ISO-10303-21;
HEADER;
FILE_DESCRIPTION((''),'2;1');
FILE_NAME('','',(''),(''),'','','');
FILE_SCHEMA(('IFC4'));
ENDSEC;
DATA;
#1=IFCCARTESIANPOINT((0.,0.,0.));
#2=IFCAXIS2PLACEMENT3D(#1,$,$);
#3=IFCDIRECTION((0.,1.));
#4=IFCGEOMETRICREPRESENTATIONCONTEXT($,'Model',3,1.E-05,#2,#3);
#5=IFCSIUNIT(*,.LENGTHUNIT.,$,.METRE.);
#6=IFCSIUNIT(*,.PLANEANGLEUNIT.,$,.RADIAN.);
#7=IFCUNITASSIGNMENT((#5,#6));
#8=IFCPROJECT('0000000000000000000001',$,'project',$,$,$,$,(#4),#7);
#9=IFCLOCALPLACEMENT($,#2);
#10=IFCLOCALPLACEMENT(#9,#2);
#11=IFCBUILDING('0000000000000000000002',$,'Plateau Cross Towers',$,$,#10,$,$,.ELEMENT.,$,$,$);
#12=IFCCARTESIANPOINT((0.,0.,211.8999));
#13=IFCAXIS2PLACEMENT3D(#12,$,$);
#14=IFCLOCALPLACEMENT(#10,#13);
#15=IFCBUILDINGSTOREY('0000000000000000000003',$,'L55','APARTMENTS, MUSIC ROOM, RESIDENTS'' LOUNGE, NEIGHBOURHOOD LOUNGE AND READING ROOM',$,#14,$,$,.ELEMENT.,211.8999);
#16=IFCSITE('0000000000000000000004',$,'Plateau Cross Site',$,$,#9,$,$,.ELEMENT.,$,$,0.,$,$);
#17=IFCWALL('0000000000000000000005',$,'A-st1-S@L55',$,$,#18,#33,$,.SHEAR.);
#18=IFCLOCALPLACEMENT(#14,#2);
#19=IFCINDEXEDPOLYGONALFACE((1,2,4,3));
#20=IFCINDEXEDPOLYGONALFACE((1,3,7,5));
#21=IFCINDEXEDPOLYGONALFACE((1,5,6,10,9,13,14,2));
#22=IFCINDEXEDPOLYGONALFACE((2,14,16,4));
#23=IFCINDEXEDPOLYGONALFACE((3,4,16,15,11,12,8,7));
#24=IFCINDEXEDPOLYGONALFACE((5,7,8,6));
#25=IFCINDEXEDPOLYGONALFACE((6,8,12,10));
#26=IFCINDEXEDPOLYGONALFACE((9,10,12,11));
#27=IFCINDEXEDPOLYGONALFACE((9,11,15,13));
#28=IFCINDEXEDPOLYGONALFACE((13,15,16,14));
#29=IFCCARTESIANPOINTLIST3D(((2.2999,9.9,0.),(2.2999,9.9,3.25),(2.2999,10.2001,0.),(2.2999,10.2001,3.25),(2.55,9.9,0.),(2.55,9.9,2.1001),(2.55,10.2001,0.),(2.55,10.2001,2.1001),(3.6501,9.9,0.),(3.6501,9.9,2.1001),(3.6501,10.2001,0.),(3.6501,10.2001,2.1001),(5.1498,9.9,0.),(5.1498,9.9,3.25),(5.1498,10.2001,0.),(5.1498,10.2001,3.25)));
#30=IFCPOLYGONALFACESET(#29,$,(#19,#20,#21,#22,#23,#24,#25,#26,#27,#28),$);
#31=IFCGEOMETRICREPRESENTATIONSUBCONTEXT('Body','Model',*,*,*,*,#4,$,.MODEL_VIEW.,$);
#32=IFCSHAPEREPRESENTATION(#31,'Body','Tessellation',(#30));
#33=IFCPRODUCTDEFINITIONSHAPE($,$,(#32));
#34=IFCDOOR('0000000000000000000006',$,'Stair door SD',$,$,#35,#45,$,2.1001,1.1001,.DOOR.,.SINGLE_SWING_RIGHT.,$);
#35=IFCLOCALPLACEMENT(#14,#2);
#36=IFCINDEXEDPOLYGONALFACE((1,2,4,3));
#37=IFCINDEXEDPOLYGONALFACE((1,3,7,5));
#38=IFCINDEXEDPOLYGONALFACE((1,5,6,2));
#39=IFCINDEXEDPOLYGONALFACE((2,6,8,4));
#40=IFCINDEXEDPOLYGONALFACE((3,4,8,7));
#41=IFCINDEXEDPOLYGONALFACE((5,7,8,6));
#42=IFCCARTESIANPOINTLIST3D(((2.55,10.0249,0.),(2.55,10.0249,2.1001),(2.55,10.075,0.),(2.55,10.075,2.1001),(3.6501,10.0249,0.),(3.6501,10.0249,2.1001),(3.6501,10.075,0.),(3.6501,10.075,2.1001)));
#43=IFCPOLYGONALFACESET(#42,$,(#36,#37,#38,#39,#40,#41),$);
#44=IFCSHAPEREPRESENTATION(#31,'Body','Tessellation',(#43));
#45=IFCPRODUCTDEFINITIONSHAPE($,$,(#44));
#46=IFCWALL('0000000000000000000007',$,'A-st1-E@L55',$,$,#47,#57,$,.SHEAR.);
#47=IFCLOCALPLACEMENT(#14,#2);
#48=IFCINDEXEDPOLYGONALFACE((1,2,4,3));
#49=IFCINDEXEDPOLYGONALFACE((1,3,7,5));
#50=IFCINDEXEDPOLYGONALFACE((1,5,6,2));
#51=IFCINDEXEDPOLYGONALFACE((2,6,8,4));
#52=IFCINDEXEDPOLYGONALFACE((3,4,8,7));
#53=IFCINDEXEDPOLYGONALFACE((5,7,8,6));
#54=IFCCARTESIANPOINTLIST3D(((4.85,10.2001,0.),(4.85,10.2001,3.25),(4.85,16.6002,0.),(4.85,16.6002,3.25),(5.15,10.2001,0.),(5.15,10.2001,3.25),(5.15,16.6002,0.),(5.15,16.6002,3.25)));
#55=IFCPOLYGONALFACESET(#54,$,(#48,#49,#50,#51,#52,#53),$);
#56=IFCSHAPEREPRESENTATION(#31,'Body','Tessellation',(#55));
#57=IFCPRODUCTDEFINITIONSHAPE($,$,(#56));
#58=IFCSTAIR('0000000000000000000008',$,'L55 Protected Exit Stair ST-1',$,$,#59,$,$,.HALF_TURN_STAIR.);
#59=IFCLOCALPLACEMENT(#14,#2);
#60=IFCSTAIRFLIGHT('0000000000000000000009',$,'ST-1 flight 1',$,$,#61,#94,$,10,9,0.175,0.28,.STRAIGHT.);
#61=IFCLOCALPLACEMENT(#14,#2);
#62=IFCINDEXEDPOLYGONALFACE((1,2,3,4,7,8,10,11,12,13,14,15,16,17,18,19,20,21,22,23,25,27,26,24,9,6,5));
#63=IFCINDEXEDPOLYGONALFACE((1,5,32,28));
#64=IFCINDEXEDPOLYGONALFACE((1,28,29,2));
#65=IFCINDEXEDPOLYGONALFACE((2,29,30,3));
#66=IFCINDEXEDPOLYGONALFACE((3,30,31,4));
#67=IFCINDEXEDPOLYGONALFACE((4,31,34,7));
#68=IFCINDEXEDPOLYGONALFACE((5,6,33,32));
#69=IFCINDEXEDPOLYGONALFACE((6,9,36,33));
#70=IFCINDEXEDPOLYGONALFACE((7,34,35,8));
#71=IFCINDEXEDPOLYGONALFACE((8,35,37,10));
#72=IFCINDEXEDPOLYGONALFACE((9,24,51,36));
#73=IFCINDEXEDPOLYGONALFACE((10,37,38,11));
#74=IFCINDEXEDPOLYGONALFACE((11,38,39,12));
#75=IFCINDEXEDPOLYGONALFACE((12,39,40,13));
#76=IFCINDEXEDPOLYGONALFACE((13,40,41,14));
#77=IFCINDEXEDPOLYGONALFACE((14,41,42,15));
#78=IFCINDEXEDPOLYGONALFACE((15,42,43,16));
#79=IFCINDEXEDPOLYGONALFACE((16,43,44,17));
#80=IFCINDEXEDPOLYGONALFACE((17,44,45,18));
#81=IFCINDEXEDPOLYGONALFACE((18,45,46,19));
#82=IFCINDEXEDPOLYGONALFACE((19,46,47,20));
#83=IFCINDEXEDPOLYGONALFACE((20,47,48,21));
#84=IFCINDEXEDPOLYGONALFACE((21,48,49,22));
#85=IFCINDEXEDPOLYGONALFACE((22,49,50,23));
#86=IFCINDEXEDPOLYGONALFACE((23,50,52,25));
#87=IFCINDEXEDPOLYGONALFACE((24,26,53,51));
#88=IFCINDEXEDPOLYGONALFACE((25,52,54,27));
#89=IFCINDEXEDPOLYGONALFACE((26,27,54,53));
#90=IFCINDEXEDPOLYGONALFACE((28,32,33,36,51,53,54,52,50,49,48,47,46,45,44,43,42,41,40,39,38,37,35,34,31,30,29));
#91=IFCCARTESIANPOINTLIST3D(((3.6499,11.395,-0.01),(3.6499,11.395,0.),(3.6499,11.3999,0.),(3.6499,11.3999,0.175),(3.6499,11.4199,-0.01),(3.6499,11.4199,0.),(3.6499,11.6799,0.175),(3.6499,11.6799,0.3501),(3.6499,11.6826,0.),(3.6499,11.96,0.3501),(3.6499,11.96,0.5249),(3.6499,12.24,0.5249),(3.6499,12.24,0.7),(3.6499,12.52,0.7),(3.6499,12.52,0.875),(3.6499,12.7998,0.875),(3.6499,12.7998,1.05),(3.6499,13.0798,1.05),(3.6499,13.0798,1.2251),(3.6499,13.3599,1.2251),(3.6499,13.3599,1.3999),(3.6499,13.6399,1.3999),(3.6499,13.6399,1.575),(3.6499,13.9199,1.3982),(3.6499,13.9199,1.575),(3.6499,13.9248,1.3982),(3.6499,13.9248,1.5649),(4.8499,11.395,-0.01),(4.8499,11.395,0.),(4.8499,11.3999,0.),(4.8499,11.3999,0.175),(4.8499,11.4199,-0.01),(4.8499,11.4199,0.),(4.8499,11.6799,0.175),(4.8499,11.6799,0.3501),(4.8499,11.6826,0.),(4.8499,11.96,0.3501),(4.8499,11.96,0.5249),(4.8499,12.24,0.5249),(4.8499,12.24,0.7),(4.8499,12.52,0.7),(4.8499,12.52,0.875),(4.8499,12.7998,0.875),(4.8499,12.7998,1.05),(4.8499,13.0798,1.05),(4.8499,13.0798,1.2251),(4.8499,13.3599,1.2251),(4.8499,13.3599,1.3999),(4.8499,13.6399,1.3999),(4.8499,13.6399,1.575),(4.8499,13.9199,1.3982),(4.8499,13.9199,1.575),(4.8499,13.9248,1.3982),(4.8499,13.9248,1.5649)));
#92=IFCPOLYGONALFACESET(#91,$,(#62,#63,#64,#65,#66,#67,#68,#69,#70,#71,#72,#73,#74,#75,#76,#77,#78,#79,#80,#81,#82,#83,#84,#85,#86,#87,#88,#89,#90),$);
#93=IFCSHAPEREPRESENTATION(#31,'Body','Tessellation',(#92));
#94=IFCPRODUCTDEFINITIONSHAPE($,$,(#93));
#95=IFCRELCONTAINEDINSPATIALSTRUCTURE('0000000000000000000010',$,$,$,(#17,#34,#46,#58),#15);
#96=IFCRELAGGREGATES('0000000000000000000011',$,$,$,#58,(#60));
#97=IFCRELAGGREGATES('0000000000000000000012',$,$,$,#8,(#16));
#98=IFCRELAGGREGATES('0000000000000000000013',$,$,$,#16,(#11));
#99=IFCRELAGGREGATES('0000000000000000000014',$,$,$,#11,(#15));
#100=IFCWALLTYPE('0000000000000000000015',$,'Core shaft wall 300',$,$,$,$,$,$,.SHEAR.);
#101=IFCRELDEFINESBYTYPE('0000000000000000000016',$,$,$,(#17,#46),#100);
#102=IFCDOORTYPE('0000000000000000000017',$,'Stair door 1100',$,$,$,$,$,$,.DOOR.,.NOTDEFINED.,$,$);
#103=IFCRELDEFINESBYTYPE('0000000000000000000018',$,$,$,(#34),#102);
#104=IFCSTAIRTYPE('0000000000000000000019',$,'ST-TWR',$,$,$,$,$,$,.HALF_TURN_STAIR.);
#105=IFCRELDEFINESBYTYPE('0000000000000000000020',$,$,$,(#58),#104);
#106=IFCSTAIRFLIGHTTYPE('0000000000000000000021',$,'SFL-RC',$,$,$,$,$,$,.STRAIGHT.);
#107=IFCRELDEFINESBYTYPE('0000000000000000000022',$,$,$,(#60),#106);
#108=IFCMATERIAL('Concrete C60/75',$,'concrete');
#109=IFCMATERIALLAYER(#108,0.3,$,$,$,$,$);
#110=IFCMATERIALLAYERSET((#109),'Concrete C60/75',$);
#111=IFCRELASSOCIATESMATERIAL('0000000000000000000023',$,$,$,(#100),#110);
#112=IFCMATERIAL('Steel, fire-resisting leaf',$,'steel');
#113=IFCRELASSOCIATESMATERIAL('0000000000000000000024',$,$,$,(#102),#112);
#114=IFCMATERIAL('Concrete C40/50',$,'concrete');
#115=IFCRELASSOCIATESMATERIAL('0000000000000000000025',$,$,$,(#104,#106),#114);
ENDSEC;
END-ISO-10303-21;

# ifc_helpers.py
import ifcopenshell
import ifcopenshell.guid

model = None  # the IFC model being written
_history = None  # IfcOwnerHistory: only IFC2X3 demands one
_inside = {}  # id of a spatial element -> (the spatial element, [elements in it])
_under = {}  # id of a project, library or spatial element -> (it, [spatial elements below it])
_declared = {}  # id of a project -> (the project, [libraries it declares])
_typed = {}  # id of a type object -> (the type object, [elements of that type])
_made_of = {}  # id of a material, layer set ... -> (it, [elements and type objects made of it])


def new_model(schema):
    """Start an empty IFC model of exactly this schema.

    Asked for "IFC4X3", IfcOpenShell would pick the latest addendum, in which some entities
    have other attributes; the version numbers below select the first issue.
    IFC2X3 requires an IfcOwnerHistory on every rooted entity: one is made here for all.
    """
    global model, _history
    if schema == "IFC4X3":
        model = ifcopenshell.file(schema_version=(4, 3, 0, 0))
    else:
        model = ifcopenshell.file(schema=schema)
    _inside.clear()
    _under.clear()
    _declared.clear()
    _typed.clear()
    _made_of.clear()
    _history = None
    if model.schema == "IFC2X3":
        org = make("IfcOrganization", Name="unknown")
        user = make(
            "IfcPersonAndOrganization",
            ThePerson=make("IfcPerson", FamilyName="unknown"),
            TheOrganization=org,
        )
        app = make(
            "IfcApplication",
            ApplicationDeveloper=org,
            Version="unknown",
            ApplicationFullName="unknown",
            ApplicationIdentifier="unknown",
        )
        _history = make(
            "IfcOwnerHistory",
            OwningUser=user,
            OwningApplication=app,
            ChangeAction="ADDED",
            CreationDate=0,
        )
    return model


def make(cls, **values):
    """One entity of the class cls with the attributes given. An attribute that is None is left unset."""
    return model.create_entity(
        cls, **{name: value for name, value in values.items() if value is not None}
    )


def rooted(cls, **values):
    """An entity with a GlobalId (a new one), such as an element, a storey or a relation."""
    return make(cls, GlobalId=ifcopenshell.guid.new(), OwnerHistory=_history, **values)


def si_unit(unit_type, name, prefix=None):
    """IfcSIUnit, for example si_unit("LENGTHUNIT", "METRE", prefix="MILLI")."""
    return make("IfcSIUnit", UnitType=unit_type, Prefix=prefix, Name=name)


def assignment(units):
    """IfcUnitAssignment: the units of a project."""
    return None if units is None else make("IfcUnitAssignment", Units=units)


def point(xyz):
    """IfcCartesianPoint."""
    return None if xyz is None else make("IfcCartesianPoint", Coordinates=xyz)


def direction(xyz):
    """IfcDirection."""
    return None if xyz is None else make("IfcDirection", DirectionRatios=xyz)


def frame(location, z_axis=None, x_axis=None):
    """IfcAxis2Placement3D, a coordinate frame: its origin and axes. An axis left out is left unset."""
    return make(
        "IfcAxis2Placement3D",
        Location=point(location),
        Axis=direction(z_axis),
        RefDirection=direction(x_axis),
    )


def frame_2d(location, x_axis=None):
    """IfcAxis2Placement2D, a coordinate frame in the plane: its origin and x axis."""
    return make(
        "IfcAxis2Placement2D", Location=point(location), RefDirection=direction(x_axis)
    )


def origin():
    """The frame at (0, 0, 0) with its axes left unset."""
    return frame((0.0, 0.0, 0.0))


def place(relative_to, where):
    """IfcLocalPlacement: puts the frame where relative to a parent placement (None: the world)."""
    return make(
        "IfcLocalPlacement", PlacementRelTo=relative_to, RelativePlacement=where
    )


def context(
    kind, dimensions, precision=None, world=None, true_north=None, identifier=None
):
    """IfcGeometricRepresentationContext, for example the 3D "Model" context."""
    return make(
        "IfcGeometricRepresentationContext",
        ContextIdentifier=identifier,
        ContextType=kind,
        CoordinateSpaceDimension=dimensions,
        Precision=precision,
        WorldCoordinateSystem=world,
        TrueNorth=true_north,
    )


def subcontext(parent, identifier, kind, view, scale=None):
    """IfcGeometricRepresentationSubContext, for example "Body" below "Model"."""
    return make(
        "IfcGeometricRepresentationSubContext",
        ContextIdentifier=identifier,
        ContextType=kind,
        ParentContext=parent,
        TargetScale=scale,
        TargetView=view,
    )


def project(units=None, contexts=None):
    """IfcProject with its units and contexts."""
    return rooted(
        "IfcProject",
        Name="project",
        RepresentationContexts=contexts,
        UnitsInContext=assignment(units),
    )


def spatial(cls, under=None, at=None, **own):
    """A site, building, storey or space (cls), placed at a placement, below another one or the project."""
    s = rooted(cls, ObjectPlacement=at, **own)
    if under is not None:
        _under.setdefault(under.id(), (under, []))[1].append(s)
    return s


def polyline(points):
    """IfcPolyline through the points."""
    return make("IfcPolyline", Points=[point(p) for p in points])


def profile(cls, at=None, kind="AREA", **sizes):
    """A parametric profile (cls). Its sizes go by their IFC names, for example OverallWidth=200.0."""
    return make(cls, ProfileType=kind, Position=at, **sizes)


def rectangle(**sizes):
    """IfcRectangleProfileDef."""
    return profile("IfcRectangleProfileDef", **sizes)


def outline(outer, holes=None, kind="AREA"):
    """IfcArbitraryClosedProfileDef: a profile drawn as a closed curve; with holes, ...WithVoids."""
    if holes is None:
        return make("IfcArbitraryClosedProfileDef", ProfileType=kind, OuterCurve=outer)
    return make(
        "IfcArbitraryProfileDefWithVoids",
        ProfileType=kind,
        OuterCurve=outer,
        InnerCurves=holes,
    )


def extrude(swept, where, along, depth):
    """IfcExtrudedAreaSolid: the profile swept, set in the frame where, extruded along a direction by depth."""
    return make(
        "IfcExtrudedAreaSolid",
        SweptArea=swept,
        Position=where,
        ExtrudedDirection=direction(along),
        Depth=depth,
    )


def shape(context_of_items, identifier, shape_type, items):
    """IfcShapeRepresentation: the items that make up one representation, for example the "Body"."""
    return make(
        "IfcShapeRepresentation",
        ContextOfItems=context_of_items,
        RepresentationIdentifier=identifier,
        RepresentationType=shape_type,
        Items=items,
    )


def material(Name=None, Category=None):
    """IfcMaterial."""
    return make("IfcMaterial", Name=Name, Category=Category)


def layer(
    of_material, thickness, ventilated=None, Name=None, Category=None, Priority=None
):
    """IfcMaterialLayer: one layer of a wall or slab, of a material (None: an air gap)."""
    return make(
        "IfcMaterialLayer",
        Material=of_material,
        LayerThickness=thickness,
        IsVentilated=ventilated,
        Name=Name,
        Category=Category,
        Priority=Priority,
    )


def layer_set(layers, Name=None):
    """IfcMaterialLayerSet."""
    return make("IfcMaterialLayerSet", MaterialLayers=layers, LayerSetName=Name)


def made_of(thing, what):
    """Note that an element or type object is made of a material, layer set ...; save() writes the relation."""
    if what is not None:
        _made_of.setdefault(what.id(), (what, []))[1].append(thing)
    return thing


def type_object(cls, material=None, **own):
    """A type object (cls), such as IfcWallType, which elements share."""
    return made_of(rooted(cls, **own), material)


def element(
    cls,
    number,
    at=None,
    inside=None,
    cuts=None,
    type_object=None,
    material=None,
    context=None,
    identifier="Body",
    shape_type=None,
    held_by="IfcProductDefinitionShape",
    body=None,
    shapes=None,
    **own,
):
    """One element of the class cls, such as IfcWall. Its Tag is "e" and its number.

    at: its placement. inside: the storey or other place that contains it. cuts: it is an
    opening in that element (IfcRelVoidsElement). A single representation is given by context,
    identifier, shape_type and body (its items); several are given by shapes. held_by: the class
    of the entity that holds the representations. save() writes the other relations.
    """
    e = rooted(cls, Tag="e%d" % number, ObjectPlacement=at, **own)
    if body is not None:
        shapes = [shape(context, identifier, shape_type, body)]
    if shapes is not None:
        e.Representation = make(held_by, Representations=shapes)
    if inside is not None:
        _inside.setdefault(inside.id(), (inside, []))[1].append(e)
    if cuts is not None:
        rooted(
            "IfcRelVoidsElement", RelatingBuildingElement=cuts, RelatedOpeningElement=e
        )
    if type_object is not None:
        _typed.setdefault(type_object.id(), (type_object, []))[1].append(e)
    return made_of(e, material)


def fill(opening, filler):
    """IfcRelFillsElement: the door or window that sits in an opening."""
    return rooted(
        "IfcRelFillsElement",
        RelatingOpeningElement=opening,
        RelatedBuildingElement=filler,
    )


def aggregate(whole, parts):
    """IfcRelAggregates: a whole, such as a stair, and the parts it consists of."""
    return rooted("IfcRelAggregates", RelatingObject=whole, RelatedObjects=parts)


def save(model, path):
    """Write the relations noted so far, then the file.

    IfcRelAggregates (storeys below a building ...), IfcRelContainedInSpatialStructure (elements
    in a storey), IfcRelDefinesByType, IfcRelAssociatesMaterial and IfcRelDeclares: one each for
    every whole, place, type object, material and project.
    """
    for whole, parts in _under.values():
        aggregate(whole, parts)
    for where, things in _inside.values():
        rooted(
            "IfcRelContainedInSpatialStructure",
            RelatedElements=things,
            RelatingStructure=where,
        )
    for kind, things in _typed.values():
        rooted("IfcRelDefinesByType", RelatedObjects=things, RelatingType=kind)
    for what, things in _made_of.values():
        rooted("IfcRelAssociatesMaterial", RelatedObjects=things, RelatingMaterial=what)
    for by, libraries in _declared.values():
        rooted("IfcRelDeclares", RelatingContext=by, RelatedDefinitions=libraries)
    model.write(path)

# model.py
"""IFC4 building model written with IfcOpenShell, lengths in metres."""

from ifc_helpers import new_model, si_unit, direction, frame, frame_2d, origin, place, context, subcontext, project, spatial, polyline, rectangle, outline, extrude, material, layer, layer_set, type_object, element, fill, aggregate, save


model = new_model("IFC4")

# Units and contexts
model_context = context("Model", 3, precision=1e-05, world=origin(), true_north=direction((0.0, 1.0)))
body_context = subcontext(model_context, "Body", "Model", "MODEL_VIEW")
ifc_project = project(units=[si_unit("LENGTHUNIT", "METRE"), si_unit("PLANEANGLEUNIT", "RADIAN")], contexts=[model_context])

# Site, building, storey
site_placement = place(None, origin())
site = spatial("IfcSite", under=ifc_project, at=site_placement, Name="Plateau Cross Site", CompositionType="ELEMENT", RefElevation=0.0)
building_placement = place(site_placement, origin())
building = spatial("IfcBuilding", under=site, at=building_placement, Name="Plateau Cross Towers", CompositionType="ELEMENT")
storey_placement = place(building_placement, frame((0.0, 0.0, 211.8999)))
storey = spatial("IfcBuildingStorey", under=building, at=storey_placement, Name="L55", Description="APARTMENTS, MUSIC ROOM, RESIDENTS' LOUNGE, NEIGHBOURHOOD LOUNGE AND READING ROOM", CompositionType="ELEMENT", Elevation=211.8999)

# Shared definitions
ifc_material_1 = material(Name="Concrete C60/75", Category="concrete")
ifc_layer_1 = layer(ifc_material_1, 0.3)
ifc_layer_set_1 = layer_set([ifc_layer_1], Name="Concrete C60/75")
wall_type = type_object("IfcWallType", Name="Core shaft wall 300", PredefinedType="SHEAR", material=ifc_layer_set_1)
ifc_material_2 = material(Name="Steel, fire-resisting leaf", Category="steel")
door_type_1 = type_object("IfcDoorType", Name="Stair door 1100", OperationType="NOTDEFINED", PredefinedType="DOOR", material=ifc_material_2)

# Wall, opening, door
wall_1_placement = place(storey_placement, frame((2.3, 10.05, 0.0), z_axis=(0.0, 0.0, 1.0), x_axis=(1.0, 0.0, 0.0)))
wall_1 = element("IfcWall", 1, at=wall_1_placement, inside=storey, type_object=wall_type, Name="A-st1-S@L55", PredefinedType="SHEAR", context=body_context, shape_type="SweptSolid", body=[
    extrude(rectangle(XDim=2.8499, YDim=0.3, at=frame_2d((1.4248, 0.0))), origin(), (0.0, 0.0, 1.0), 3.25),
])
opening_1_placement = place(wall_1_placement, frame((0.25, 0.0, 0.0)))
opening_1 = element("IfcOpeningElement", 2, at=opening_1_placement, cuts=wall_1, PredefinedType="OPENING", context=body_context, shape_type="SweptSolid", body=[
    extrude(rectangle(XDim=1.1001, YDim=2.1001, at=frame_2d((0.55, 1.05))), frame((0.0, 0.1599, 0.0), z_axis=(0.0, -1.0, 0.0), x_axis=(1.0, 0.0, 0.0)), (0.0, 0.0, 1.0), 0.3201),
])
door_1_placement = place(opening_1_placement, origin())
door_1 = element("IfcDoor", 3, at=door_1_placement, inside=storey, type_object=door_type_1, Name="Stair door SD", OperationType="SINGLE_SWING_RIGHT", OverallHeight=2.1001, OverallWidth=1.1001, PredefinedType="DOOR", context=body_context, shape_type="SweptSolid", body=[
    extrude(rectangle(XDim=1.1001, YDim=2.1001, at=frame_2d((0.55, 1.05))), frame((0.0, 0.0249, 0.0), z_axis=(0.0, -1.0, 0.0), x_axis=(1.0, 0.0, 0.0)), (0.0, 0.0, 1.0), 0.05),
])
fill(opening_1, door_1)

# Wall
wall_2_placement = place(storey_placement, frame((5.0, 10.2, 0.0), z_axis=(0.0, 0.0, 1.0), x_axis=(0.0, 1.0, 0.0)))
element("IfcWall", 4, at=wall_2_placement, inside=storey, type_object=wall_type, Name="A-st1-E@L55", PredefinedType="SHEAR", context=body_context, shape_type="SweptSolid", body=[
    extrude(rectangle(XDim=6.4001, YDim=0.3, at=frame_2d((3.2002, 0.0))), origin(), (0.0, 0.0, 1.0), 3.25),
])

# Stair, stair flight
ifc_material_3 = material(Name="Concrete C40/50", Category="concrete")
stair_type = type_object("IfcStairType", Name="ST-TWR", PredefinedType="HALF_TURN_STAIR", material=ifc_material_3)
stair_placement = place(storey_placement, origin())
stair = element("IfcStair", 5, at=stair_placement, inside=storey, type_object=stair_type, Name="L55 Protected Exit Stair ST-1", PredefinedType="HALF_TURN_STAIR")
stair_flight_type = type_object("IfcStairFlightType", Name="SFL-RC", PredefinedType="STRAIGHT", material=ifc_material_3)
stair_flight_placement = place(storey_placement, frame((4.25, 11.3999, 0.0), z_axis=(0.0, 0.0, 1.0), x_axis=(0.0, 1.0, 0.0)))
stair_flight = element("IfcStairFlight", 6, at=stair_flight_placement, type_object=stair_flight_type, Name="ST-1 flight 1", NumberOfRisers=10, NumberOfTreads=9, PredefinedType="STRAIGHT", RiserHeight=0.175, TreadLength=0.28, context=body_context, shape_type="SweptSolid", body=[
    extrude(outline(polyline([(-0.0049, -0.01), (-0.0049, 0.0), (0.0, 0.0), (0.0, 0.175), (0.28, 0.175), (0.28, 0.3501), (0.5601, 0.3501), (0.5601, 0.5249), (0.8401, 0.5249), (0.8401, 0.7), (1.1201, 0.7), (1.1201, 0.875), (1.3999, 0.875), (1.3999, 1.05), (1.6799, 1.05), (1.6799, 1.2251), (1.96, 1.2251), (1.96, 1.3999), (2.24, 1.3999), (2.24, 1.575), (2.52, 1.575), (2.5249, 1.5649), (2.5249, 1.3982), (2.52, 1.3982), (0.2827, 0.0), (0.02, 0.0), (0.02, -0.01), (-0.0049, -0.01)])), frame((0.0, 0.6001, 0.0), z_axis=(0.0, -1.0, 0.0), x_axis=(1.0, 0.0, 0.0)), (0.0, 0.0, 1.0), 1.2),
])
aggregate(stair, [stair_flight])

save(model, "model.ifc")
